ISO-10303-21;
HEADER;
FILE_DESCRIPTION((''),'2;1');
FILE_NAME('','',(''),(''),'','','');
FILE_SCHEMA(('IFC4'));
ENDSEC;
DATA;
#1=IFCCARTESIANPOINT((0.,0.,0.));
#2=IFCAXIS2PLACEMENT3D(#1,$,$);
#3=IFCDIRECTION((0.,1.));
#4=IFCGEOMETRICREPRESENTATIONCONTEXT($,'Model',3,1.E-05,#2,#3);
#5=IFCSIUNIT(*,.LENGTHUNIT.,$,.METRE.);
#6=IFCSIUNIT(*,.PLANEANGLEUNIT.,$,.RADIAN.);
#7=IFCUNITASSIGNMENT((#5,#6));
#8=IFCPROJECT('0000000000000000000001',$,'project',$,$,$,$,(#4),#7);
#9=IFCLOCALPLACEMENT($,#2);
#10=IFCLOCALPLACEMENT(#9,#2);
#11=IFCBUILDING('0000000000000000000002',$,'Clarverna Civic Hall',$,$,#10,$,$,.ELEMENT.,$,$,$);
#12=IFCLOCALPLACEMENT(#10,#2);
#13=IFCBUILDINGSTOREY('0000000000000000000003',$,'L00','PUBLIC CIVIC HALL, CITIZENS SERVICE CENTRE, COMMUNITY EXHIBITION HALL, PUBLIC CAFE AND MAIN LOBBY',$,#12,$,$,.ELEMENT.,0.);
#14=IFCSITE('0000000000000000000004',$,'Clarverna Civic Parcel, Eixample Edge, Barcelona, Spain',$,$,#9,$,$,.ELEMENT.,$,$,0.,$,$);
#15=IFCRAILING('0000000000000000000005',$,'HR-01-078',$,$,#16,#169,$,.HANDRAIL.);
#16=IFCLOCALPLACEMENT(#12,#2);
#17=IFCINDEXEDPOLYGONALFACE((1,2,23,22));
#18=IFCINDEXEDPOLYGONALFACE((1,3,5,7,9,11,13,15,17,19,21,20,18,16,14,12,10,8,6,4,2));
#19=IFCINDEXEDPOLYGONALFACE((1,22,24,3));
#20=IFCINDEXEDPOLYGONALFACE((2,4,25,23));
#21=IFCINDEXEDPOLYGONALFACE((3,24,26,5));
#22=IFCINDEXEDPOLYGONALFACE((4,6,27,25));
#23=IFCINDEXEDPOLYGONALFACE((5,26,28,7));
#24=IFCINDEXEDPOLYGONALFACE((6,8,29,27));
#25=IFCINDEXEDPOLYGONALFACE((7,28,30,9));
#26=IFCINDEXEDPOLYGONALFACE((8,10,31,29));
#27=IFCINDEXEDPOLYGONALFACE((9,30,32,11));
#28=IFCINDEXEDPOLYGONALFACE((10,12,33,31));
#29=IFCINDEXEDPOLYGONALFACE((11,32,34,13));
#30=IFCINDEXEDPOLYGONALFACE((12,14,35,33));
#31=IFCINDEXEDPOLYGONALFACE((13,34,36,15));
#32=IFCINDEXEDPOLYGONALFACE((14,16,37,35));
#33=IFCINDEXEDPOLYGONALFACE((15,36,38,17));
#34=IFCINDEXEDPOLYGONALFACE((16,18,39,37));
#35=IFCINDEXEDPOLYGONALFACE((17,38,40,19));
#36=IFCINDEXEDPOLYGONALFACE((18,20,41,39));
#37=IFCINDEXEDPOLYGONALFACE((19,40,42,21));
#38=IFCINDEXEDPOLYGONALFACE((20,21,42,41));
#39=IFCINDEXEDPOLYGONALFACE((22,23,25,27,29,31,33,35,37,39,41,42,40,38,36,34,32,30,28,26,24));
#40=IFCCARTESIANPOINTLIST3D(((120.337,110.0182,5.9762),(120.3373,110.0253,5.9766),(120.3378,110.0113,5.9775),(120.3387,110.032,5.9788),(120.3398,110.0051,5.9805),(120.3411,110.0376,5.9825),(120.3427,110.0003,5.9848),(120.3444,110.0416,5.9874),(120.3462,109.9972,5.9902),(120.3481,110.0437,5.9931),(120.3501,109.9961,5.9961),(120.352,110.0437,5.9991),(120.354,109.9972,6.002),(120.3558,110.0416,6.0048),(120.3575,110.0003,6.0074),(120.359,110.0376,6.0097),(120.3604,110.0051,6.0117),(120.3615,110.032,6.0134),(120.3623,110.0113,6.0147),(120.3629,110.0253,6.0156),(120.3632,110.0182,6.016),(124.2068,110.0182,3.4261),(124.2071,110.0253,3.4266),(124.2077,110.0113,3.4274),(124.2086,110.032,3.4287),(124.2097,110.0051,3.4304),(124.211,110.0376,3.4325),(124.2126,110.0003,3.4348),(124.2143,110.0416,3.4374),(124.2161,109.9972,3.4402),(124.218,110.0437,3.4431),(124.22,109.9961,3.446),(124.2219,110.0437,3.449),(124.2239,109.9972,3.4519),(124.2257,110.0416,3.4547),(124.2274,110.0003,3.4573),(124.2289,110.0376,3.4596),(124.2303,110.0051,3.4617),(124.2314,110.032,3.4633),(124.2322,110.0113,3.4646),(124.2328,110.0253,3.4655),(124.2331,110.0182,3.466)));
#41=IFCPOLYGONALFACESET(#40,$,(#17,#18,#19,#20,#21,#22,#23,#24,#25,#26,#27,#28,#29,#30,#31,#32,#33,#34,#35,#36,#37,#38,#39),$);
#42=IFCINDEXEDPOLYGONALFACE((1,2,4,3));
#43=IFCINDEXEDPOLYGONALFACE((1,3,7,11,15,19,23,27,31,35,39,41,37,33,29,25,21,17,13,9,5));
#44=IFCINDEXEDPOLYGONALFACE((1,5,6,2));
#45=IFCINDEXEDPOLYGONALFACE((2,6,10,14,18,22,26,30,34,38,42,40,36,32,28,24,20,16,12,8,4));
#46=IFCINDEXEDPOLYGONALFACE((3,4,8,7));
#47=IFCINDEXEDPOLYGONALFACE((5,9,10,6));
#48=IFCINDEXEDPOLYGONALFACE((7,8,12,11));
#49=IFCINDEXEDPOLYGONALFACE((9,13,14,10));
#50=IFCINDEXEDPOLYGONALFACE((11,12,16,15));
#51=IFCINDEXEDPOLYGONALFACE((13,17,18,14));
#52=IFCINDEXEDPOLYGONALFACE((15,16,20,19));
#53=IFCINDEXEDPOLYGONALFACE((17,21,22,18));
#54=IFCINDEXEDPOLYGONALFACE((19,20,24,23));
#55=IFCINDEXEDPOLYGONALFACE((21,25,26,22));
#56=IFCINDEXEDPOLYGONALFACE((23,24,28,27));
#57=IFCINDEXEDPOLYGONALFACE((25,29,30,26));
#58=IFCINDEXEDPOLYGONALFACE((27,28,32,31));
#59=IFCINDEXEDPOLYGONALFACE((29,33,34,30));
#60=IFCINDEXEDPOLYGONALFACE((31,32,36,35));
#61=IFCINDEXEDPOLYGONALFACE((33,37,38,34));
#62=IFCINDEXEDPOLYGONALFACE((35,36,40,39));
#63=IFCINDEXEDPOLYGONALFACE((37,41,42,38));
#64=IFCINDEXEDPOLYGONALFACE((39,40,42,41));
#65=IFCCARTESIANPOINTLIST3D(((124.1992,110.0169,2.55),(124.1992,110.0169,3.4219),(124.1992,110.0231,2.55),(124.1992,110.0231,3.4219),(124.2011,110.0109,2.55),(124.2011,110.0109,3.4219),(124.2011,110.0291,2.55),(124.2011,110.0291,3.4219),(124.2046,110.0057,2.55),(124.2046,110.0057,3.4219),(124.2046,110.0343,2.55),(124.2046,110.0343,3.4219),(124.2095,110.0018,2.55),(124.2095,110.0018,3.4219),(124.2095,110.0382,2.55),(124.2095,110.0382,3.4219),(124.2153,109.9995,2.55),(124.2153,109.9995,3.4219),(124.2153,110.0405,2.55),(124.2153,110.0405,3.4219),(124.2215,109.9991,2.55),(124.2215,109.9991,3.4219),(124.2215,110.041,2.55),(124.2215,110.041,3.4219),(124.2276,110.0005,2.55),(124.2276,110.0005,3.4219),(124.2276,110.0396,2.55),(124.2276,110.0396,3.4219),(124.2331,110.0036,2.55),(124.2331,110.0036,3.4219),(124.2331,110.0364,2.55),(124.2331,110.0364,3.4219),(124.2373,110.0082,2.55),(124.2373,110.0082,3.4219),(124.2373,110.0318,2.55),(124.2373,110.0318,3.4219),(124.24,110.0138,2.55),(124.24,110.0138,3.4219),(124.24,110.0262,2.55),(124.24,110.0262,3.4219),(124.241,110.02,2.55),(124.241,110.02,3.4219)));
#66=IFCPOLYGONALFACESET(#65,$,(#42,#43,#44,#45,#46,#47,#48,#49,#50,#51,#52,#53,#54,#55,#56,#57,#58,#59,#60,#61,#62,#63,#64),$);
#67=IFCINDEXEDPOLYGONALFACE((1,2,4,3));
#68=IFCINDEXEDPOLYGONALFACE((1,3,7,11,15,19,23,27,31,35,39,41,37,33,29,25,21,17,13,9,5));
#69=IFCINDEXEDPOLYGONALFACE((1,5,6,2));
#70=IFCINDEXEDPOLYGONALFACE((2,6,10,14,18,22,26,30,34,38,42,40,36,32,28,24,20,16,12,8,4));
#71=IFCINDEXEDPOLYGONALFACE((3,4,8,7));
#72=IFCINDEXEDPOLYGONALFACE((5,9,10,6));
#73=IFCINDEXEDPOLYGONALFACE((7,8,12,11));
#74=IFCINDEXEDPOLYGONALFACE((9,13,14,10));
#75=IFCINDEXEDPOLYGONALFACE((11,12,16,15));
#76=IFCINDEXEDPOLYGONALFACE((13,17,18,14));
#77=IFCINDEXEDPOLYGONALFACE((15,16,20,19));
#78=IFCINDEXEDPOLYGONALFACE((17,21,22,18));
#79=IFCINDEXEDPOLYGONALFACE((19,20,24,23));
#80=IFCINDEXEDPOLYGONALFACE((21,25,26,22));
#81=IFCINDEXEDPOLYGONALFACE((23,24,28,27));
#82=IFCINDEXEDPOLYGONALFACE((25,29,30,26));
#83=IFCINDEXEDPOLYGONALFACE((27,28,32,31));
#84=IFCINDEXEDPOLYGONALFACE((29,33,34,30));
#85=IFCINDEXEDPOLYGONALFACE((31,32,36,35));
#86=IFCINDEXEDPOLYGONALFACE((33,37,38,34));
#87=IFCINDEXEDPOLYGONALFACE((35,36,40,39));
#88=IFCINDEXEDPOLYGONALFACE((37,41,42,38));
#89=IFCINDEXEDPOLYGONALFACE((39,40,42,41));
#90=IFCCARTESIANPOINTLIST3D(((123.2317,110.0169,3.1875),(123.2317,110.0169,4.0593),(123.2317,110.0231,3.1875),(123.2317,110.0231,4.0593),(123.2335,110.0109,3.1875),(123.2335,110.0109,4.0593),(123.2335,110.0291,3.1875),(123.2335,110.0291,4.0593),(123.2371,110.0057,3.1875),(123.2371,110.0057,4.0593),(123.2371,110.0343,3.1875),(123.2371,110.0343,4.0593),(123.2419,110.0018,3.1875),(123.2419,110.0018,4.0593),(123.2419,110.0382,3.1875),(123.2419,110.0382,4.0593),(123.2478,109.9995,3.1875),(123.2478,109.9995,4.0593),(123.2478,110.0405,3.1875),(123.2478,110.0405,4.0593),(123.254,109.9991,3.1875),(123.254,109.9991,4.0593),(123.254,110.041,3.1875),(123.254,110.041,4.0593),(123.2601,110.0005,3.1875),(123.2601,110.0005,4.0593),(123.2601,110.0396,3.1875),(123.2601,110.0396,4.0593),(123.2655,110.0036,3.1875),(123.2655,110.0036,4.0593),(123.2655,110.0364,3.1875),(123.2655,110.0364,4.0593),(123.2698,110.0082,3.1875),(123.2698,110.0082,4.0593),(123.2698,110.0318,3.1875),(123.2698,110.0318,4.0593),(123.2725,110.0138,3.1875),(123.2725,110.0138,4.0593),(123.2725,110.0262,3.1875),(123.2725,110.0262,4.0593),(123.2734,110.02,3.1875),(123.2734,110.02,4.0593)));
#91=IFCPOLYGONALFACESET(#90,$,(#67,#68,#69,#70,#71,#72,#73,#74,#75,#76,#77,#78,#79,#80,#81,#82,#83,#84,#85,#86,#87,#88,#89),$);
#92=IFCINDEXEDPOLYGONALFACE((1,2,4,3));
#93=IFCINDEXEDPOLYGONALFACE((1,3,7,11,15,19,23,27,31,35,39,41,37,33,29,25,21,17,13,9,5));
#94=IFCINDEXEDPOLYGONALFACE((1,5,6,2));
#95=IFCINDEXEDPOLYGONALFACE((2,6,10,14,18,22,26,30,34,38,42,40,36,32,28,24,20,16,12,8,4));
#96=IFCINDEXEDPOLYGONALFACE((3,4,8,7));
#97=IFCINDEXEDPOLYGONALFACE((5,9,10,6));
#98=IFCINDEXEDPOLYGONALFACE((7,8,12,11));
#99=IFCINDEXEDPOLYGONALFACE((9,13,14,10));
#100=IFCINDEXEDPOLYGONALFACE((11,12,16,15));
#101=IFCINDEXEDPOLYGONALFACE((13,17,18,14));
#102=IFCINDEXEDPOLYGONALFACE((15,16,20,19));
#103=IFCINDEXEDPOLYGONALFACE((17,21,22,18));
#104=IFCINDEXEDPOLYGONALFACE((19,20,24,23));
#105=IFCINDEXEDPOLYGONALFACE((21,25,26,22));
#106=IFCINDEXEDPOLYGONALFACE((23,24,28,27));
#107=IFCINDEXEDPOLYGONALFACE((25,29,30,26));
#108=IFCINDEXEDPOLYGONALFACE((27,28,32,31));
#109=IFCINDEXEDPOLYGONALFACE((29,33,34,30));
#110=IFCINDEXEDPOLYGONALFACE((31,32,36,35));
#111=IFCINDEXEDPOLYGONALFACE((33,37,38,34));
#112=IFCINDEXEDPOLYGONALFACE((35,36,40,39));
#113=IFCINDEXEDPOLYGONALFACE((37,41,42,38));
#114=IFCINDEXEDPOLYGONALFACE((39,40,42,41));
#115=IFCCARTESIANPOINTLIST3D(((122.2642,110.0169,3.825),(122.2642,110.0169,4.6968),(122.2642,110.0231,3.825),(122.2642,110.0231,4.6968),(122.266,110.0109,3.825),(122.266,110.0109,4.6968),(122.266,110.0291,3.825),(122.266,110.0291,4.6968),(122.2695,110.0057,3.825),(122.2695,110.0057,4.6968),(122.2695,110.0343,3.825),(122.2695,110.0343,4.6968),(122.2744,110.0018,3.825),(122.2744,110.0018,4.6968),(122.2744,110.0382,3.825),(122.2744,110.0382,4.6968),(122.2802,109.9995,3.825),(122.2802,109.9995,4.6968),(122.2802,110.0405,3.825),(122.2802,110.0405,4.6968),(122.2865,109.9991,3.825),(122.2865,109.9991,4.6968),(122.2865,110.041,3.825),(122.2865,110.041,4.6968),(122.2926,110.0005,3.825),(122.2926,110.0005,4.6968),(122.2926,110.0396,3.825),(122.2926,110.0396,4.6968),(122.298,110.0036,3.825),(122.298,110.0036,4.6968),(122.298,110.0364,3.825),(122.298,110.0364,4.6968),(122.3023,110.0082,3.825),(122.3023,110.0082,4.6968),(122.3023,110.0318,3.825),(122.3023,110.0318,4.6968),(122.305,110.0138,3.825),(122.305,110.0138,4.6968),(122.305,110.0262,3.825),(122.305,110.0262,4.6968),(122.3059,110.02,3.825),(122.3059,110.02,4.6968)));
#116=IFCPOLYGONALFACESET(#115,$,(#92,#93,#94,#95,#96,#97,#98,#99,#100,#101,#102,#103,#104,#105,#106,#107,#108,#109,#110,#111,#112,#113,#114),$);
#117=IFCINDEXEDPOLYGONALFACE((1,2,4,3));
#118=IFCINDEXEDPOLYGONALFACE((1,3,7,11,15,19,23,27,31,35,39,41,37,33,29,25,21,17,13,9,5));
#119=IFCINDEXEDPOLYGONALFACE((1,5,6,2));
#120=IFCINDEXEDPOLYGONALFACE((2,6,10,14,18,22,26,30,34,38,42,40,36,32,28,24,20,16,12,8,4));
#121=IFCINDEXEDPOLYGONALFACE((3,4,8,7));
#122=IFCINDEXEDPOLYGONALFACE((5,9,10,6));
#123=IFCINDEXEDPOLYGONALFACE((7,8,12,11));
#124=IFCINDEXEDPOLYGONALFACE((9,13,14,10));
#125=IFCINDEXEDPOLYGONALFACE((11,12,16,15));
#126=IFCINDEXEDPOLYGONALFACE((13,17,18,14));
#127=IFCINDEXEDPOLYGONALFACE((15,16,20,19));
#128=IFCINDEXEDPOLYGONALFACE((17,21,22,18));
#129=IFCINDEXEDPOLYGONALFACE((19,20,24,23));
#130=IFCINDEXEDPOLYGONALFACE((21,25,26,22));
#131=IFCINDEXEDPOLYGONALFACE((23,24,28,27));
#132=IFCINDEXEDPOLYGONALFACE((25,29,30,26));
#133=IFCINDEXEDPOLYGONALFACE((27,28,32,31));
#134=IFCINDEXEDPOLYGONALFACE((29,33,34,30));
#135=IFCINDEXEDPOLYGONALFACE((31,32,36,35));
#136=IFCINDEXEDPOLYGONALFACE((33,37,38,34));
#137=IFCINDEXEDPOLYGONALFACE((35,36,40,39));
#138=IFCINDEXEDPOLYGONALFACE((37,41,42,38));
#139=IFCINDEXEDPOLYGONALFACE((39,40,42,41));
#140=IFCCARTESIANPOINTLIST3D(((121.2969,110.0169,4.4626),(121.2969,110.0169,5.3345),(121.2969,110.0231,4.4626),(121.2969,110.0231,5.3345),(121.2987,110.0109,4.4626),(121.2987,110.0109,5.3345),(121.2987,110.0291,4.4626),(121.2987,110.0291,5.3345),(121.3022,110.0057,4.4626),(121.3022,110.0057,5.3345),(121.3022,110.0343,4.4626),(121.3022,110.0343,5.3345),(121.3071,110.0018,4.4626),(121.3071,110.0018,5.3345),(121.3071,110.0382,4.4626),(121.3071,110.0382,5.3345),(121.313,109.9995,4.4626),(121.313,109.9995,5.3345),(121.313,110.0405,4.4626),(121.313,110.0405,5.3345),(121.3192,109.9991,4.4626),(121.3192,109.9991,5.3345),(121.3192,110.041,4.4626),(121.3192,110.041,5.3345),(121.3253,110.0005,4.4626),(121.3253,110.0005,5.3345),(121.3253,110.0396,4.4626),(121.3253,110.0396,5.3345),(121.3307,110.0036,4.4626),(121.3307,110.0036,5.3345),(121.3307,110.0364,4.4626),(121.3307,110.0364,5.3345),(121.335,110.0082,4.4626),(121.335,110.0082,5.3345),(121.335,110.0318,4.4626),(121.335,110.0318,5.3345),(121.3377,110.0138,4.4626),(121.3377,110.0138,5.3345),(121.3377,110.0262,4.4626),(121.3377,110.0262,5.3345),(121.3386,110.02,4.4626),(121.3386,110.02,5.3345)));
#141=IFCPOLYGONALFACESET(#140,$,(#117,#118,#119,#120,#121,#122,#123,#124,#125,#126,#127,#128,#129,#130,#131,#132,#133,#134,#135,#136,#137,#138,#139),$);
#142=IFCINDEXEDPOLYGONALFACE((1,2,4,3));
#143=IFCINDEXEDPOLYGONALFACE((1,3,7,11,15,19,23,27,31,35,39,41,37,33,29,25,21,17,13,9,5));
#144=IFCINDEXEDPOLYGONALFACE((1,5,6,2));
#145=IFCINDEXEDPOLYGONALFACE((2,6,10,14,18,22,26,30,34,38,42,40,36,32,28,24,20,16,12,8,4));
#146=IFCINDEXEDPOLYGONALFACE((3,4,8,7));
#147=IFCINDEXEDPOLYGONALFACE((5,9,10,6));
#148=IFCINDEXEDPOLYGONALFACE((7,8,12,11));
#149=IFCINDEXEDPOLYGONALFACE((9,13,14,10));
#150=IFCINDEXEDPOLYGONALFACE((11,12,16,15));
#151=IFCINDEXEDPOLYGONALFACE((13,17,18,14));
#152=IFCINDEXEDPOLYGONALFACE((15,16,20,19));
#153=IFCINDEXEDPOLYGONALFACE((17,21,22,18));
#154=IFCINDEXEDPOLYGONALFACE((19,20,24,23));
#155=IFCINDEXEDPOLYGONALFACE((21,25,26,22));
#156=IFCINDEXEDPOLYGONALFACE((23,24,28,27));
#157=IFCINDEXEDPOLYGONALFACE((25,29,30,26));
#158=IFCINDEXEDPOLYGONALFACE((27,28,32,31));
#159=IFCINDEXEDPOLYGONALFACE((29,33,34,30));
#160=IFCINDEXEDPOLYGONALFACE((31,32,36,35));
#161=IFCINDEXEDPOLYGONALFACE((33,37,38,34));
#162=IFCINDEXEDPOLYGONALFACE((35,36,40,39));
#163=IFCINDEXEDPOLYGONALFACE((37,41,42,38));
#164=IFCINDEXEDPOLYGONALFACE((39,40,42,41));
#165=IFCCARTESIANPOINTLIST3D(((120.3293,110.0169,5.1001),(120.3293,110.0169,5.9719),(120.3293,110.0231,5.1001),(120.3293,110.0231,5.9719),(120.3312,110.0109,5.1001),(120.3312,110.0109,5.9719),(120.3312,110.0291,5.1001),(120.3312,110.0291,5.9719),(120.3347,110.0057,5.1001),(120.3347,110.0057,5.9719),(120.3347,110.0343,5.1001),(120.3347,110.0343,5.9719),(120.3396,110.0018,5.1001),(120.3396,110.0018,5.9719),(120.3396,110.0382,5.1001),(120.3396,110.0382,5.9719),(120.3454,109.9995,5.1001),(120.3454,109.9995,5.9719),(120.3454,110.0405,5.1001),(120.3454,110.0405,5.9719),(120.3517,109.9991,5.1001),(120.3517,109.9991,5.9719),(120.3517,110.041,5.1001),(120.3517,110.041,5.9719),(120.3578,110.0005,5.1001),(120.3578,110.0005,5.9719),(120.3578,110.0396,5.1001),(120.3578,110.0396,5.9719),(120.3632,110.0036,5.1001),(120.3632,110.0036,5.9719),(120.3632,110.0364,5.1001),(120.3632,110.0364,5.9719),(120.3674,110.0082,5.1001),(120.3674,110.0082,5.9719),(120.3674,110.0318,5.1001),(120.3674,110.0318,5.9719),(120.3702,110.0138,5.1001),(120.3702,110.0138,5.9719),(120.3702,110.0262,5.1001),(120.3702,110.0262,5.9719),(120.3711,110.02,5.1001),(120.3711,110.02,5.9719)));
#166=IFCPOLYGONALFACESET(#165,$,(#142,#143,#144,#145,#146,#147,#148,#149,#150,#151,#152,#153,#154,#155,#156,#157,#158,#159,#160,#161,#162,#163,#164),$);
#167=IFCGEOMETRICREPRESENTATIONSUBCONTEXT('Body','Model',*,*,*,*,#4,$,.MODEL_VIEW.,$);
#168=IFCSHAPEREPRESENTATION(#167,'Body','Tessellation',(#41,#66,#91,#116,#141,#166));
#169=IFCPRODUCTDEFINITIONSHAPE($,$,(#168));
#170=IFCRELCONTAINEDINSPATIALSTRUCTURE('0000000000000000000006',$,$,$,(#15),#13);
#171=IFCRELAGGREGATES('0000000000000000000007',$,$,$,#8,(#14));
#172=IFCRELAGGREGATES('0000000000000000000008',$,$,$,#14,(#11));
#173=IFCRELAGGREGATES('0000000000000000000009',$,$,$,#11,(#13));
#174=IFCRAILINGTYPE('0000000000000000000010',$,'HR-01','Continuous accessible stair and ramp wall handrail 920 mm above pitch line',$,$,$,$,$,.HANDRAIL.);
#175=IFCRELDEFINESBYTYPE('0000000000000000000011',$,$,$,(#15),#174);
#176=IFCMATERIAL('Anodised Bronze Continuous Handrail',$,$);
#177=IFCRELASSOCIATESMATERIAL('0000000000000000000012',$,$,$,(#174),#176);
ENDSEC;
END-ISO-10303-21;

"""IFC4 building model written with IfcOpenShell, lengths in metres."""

from ifc_helpers import new_model, si_unit, direction, frame, origin, origin_2d, place, context, subcontext, project, spatial, circle, extrude, material, type_object, element, save


model = new_model("IFC4")

# Units and contexts
model_context = context("Model", 3, precision=1e-05, world=origin(), true_north=direction((0.0, 1.0)))
body_context = subcontext(model_context, "Body", "Model", "MODEL_VIEW")
ifc_project = project(units=[si_unit("LENGTHUNIT", "METRE"), si_unit("PLANEANGLEUNIT", "RADIAN")], contexts=[model_context])

# Site, building, storey
site_placement = place(None, origin())
site = spatial("IfcSite", under=ifc_project, at=site_placement, Name="Clarverna Civic Parcel, Eixample Edge, Barcelona, Spain", CompositionType="ELEMENT", RefElevation=0.0)
building_placement = place(site_placement, origin())
building = spatial("IfcBuilding", under=site, at=building_placement, Name="Clarverna Civic Hall", CompositionType="ELEMENT")
storey_placement = place(building_placement, origin())
storey = spatial("IfcBuildingStorey", under=building, at=storey_placement, Name="L00", Description="PUBLIC CIVIC HALL, CITIZENS SERVICE CENTRE, COMMUNITY EXHIBITION HALL, PUBLIC CAFE AND MAIN LOBBY", CompositionType="ELEMENT", Elevation=0.0)

# Railing
ifc_material_1 = material(Name="Anodised Bronze Continuous Handrail")
railing_type = type_object("IfcRailingType", Name="HR-01", Description="Continuous accessible stair and ramp wall handrail 920 mm above pitch line", PredefinedType="HANDRAIL", material=ifc_material_1)
railing_placement = place(storey_placement, frame((124.22, 110.02, 2.55)))
element("IfcRailing", 1, at=railing_placement, inside=storey, type_object=railing_type, Name="HR-01-078", PredefinedType="HANDRAIL", context=body_context, shape_type="SweptSolid", body=[
    extrude(circle(Radius=0.0239, at=origin_2d()), frame((0.0, 0.0, 0.896), z_axis=(-0.835013, 0.0, 0.550231), x_axis=(0.0, -1.0, 0.0)), (0.0, 0.0, 1.0), 4.6345),
    extrude(circle(Radius=0.021, at=origin_2d()), origin(), (0.0, 0.0, 1.0), 0.8718),
    extrude(circle(Radius=0.021, at=origin_2d()), frame((-0.9675, 0.0, 0.6375)), (0.0, 0.0, 1.0), 0.8718),
    extrude(circle(Radius=0.021, at=origin_2d()), frame((-1.9351, 0.0, 1.2749)), (0.0, 0.0, 1.0), 0.8718),
    extrude(circle(Radius=0.021, at=origin_2d()), frame((-2.9023, 0.0, 1.9126)), (0.0, 0.0, 1.0), 0.8718),
    extrude(circle(Radius=0.021, at=origin_2d()), frame((-3.8699, 0.0, 2.55)), (0.0, 0.0, 1.0), 0.8718),
])

save(model, "model.ifc")
